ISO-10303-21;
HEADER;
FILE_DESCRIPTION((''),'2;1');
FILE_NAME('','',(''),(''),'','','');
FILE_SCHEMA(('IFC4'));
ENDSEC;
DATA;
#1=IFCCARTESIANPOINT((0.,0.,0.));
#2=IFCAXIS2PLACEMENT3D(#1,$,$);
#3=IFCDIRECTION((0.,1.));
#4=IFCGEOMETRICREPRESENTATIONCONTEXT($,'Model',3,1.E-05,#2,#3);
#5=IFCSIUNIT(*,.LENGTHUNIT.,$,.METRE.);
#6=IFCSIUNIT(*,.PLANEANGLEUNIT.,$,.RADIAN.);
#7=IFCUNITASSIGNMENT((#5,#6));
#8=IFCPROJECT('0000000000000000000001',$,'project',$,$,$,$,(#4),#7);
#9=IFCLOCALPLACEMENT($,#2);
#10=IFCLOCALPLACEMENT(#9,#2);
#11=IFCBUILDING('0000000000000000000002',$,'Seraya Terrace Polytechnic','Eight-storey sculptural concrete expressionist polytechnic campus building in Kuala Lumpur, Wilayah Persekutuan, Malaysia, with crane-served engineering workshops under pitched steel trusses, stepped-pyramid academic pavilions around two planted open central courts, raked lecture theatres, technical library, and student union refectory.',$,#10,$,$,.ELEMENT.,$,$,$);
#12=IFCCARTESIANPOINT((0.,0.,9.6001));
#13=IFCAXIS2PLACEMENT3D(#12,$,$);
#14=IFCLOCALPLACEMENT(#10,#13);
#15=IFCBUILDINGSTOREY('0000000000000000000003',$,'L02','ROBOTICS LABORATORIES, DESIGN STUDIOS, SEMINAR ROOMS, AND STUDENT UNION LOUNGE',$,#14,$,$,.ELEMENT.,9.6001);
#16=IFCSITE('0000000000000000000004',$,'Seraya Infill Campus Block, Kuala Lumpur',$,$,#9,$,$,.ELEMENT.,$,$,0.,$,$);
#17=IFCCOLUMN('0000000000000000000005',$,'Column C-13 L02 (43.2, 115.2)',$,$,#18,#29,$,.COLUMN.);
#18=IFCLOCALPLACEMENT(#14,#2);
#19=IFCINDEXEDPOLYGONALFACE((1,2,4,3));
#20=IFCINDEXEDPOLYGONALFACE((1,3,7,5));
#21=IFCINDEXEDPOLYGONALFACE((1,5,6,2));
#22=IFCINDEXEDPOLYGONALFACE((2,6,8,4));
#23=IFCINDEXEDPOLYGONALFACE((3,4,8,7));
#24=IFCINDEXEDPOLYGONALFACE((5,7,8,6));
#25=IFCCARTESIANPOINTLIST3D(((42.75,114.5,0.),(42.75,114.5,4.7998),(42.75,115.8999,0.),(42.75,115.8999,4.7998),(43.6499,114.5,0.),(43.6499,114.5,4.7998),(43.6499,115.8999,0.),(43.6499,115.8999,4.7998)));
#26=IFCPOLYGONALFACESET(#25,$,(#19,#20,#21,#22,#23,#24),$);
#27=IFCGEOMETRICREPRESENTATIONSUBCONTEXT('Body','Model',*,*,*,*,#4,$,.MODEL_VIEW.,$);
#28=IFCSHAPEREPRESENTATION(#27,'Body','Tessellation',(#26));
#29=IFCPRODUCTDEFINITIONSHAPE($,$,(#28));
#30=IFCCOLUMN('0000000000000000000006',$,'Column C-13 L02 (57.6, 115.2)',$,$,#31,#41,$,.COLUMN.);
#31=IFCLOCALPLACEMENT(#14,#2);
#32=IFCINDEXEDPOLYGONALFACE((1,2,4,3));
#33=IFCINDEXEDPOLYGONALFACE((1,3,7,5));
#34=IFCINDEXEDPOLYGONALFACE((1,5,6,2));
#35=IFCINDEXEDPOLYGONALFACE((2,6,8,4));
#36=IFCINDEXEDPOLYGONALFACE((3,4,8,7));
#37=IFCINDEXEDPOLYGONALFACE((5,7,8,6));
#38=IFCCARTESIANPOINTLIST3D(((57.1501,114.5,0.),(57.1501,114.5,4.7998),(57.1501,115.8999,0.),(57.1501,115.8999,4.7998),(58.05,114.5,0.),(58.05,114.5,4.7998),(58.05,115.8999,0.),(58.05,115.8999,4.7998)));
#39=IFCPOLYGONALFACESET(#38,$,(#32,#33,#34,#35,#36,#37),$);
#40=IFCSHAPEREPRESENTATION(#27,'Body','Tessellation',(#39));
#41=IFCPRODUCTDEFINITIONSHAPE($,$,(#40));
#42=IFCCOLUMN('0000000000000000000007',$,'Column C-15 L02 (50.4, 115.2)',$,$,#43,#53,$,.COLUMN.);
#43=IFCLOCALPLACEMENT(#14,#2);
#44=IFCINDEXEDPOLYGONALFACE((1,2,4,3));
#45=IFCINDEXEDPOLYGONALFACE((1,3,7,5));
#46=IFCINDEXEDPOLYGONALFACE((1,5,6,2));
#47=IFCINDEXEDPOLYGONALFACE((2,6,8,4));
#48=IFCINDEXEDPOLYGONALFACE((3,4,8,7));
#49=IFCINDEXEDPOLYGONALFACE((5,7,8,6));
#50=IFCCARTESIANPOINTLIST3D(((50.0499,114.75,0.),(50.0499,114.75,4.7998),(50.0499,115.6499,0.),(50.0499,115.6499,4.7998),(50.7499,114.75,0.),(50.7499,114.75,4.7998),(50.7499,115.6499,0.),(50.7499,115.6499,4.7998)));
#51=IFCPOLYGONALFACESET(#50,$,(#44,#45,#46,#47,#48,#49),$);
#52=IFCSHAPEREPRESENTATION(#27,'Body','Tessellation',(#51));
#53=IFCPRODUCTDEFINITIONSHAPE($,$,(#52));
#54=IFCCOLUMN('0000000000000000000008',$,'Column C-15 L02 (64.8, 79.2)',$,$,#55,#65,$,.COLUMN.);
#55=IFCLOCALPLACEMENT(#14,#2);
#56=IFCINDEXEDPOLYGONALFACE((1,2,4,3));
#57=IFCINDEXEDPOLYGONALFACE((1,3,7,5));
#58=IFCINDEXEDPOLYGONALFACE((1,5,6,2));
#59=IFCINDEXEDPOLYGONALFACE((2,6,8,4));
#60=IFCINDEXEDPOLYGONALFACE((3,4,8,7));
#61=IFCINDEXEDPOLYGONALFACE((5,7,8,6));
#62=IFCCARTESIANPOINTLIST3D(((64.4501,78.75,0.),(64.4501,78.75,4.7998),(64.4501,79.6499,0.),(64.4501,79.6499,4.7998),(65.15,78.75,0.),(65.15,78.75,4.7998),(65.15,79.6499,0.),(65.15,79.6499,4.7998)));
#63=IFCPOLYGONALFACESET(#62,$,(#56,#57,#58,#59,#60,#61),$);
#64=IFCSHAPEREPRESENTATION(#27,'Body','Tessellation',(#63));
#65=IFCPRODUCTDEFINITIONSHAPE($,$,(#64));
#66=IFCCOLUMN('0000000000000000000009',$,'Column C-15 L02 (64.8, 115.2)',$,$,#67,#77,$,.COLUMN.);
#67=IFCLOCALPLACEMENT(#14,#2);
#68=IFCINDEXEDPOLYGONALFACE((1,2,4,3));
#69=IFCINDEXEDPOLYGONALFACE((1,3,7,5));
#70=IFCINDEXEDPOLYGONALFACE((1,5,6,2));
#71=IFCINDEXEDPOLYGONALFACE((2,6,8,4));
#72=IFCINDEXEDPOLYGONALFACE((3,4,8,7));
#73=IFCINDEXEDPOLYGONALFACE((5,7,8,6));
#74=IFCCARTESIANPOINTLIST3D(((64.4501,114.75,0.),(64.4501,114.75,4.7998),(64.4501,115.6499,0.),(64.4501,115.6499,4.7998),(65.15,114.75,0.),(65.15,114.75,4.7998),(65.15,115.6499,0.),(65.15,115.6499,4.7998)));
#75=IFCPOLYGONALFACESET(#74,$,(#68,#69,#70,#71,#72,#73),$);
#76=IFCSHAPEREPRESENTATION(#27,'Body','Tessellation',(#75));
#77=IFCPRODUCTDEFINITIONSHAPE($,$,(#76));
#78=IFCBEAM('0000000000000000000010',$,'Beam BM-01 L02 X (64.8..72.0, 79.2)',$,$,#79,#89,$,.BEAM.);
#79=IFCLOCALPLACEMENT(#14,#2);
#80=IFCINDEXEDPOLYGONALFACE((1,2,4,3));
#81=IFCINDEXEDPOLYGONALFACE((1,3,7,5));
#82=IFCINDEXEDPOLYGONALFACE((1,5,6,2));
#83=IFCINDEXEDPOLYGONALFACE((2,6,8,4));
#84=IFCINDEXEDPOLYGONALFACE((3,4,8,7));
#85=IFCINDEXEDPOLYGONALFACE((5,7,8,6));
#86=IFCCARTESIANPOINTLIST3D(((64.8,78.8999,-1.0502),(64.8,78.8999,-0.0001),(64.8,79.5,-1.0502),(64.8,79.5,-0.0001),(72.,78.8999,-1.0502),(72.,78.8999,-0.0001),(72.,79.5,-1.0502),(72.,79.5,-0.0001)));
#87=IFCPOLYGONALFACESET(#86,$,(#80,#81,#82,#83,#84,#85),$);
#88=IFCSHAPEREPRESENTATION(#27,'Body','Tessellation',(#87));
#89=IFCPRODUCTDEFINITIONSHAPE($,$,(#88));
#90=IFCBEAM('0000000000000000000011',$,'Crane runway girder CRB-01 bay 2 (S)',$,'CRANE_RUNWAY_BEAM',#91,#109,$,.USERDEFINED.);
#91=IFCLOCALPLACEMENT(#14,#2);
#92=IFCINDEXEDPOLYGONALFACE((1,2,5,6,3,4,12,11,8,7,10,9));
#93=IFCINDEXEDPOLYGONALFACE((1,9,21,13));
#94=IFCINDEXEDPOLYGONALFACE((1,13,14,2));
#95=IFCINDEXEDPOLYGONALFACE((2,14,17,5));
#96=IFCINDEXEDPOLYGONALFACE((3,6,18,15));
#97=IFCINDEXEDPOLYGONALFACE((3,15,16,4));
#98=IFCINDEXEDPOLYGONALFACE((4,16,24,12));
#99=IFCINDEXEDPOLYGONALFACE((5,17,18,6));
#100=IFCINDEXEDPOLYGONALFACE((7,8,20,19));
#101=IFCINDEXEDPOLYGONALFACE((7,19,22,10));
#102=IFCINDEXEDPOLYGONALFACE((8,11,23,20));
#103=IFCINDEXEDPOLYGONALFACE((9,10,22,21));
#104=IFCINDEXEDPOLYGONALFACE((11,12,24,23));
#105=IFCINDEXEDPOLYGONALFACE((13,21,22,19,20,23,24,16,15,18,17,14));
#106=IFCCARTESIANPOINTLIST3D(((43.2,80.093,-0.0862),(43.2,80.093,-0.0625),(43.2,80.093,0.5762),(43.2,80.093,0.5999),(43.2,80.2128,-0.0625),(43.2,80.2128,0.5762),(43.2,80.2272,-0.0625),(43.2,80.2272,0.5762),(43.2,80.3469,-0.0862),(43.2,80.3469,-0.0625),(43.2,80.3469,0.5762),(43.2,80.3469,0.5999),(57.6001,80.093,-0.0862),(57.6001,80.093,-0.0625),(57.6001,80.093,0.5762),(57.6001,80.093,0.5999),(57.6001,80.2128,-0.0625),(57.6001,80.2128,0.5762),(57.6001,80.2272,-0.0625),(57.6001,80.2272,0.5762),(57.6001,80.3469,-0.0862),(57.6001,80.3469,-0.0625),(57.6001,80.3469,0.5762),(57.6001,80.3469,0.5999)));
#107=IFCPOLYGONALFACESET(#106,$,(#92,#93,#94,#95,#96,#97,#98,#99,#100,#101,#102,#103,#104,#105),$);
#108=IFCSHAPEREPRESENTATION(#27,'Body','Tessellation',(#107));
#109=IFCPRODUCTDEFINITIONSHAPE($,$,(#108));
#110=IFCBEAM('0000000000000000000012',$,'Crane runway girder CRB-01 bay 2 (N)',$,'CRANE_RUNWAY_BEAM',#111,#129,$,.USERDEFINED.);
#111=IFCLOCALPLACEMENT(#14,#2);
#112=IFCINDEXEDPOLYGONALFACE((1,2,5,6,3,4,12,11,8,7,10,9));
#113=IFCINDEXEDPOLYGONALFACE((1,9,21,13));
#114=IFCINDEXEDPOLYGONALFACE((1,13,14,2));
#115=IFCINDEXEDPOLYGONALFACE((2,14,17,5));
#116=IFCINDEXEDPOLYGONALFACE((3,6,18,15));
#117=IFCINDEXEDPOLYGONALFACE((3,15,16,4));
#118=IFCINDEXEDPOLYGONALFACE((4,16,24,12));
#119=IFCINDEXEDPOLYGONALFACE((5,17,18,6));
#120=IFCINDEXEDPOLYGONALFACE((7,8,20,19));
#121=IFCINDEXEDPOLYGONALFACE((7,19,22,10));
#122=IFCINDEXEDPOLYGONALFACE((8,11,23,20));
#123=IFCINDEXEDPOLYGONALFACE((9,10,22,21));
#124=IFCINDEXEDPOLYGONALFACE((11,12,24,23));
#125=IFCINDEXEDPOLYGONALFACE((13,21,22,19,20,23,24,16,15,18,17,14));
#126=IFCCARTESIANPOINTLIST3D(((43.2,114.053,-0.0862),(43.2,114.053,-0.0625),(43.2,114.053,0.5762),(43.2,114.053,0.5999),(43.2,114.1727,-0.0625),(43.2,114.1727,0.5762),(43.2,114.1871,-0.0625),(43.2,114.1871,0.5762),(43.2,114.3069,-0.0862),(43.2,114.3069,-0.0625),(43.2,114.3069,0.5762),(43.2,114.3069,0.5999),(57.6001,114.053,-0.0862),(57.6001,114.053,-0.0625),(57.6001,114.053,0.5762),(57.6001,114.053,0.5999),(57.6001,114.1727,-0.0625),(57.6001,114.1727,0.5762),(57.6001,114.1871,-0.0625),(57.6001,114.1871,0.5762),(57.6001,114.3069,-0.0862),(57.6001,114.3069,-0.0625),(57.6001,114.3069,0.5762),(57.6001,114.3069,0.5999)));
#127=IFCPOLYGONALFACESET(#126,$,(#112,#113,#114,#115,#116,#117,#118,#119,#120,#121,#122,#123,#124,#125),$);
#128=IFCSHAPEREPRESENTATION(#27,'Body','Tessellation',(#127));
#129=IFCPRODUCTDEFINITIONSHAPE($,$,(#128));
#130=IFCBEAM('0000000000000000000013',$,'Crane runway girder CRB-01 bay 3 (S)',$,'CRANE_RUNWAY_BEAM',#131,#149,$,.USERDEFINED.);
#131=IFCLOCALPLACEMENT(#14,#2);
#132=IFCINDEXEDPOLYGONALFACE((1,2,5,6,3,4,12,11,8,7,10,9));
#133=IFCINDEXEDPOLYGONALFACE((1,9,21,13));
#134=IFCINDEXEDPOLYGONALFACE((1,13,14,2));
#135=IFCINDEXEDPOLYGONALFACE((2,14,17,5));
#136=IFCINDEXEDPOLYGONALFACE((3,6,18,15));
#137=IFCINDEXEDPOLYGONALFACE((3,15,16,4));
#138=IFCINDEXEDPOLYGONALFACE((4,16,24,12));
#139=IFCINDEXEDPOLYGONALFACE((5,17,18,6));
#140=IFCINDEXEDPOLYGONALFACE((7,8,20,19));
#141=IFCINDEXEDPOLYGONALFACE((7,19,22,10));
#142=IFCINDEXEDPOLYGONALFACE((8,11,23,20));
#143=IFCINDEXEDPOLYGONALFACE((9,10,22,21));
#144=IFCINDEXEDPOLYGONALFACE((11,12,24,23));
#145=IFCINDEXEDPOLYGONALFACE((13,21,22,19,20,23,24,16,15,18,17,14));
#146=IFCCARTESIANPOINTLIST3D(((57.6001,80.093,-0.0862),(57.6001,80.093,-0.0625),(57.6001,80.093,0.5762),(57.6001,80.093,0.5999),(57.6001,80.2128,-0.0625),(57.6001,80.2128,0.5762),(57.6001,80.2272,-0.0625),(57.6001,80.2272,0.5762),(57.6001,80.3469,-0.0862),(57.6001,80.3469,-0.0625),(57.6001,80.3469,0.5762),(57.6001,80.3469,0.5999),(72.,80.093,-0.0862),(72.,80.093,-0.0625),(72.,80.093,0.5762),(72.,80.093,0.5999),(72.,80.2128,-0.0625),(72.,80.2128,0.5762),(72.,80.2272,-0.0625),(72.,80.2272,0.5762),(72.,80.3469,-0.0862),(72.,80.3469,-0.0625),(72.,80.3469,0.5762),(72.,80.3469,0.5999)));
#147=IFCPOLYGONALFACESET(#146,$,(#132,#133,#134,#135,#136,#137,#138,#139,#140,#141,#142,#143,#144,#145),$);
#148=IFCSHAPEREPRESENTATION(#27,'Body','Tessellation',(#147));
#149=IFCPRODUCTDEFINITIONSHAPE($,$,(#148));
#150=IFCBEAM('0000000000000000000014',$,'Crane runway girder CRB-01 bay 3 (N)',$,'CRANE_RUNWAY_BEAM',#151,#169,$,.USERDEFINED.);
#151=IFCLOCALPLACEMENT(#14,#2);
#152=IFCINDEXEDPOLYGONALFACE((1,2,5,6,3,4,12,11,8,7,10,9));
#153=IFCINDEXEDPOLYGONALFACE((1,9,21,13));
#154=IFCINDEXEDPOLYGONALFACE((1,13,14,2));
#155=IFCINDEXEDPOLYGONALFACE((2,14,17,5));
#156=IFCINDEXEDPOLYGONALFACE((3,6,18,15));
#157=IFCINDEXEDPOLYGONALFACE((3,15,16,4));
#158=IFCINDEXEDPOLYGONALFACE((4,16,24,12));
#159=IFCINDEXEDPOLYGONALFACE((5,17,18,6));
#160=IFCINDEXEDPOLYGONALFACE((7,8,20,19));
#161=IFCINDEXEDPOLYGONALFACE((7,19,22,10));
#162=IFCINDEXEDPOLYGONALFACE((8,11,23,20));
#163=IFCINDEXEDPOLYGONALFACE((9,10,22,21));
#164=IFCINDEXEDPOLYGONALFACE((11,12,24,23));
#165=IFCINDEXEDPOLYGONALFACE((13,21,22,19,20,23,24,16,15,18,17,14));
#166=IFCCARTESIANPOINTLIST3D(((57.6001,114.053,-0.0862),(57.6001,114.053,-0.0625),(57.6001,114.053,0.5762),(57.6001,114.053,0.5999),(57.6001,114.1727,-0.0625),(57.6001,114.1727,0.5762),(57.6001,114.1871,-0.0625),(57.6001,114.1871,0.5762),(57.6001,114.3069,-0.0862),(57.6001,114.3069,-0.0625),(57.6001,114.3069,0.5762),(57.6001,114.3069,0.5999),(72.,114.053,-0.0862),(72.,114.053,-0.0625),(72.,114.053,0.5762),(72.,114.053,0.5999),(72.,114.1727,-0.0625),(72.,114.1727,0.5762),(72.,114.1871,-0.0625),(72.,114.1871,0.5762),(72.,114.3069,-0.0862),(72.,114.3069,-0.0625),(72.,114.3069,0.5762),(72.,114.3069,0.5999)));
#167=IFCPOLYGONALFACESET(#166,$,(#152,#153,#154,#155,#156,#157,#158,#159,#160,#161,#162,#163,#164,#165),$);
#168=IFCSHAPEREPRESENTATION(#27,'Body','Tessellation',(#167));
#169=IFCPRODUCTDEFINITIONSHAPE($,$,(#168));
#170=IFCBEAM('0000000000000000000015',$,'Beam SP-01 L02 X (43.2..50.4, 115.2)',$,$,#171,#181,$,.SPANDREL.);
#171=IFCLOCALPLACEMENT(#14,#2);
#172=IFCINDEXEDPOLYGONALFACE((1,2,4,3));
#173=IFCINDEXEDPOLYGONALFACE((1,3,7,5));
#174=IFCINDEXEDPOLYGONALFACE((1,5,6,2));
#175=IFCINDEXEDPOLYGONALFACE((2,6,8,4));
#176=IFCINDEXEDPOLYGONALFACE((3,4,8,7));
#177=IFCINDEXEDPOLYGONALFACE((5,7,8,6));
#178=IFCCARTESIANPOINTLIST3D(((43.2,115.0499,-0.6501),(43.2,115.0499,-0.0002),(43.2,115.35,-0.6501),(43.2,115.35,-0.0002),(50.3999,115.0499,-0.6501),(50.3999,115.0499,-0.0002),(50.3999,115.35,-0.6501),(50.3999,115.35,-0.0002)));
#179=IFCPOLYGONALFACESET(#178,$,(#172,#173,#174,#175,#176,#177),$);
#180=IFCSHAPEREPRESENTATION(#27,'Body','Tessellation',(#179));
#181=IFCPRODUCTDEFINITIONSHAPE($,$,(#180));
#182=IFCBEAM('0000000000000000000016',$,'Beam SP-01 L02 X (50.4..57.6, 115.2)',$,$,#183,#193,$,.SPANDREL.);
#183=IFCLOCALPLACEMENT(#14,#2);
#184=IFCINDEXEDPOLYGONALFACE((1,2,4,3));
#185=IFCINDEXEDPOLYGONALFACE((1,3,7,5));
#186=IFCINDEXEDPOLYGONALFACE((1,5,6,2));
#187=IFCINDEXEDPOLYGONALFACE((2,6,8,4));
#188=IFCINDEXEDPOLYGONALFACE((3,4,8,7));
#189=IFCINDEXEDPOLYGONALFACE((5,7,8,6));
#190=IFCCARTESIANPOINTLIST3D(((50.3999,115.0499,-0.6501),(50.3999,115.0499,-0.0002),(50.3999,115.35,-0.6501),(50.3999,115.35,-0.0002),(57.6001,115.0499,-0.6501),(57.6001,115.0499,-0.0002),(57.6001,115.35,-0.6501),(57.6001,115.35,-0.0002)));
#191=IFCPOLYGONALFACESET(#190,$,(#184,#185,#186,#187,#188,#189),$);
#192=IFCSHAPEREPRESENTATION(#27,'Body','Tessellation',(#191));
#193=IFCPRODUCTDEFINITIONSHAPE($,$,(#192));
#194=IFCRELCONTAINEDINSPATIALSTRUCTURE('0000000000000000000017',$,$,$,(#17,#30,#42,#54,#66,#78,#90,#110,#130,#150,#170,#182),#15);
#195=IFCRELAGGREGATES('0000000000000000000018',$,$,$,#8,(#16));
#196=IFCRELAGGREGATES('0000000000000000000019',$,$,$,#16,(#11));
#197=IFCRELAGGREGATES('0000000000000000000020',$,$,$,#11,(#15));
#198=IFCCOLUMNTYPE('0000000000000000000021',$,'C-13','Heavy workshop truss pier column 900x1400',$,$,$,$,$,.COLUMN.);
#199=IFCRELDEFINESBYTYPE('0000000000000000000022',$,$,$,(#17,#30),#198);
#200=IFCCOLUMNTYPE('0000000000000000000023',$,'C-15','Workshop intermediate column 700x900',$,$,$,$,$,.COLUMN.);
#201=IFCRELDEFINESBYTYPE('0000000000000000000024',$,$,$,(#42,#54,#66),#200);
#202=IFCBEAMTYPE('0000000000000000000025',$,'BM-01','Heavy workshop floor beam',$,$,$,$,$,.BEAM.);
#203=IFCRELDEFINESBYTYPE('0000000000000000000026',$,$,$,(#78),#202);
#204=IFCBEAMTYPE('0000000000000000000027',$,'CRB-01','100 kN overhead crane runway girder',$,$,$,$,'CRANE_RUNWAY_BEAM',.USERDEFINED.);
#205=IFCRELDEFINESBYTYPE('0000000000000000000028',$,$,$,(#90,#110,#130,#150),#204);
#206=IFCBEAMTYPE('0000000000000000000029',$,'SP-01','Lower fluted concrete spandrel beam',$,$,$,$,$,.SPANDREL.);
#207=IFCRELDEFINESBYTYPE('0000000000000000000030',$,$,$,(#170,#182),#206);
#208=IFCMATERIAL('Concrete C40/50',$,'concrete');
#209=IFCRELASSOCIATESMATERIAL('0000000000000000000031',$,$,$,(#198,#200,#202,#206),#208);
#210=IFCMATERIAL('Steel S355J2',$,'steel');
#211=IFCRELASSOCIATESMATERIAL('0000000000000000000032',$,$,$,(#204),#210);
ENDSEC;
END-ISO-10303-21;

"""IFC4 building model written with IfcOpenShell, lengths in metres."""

from ifc_helpers import new_model, si_unit, direction, frame, origin, origin_2d, place, context, subcontext, project, spatial, rectangle, i_section, extrude, material, material_profile, profile_set, type_object, element, save


model = new_model("IFC4")

# Units and contexts
model_context = context("Model", 3, precision=1e-05, world=origin(), true_north=direction((0.0, 1.0)))
body_context = subcontext(model_context, "Body", "Model", "MODEL_VIEW")
ifc_project = project(units=[si_unit("LENGTHUNIT", "METRE"), si_unit("PLANEANGLEUNIT", "RADIAN")], contexts=[model_context])

# Site, building, storey
site_placement = place(None, origin())
site = spatial("IfcSite", under=ifc_project, at=site_placement, Name="Seraya Infill Campus Block, Kuala Lumpur", CompositionType="ELEMENT", RefElevation=0.0)
building_placement = place(site_placement, origin())
building = spatial("IfcBuilding", under=site, at=building_placement, Name="Seraya Terrace Polytechnic", Description="Eight-storey sculptural concrete expressionist polytechnic campus building in Kuala Lumpur, Wilayah Persekutuan, Malaysia, with crane-served engineering workshops under pitched steel trusses, stepped-pyramid academic pavilions around two planted open central courts, raked lecture theatres, technical library, and student union refectory.", CompositionType="ELEMENT")
storey_placement = place(building_placement, frame((0.0, 0.0, 9.6001)))
storey = spatial("IfcBuildingStorey", under=building, at=storey_placement, Name="L02", Description="ROBOTICS LABORATORIES, DESIGN STUDIOS, SEMINAR ROOMS, AND STUDENT UNION LOUNGE", CompositionType="ELEMENT", Elevation=9.6001)

# Columns
ifc_material_1 = material(Name="Concrete C40/50", Category="concrete")
ifc_material_profile_1 = material_profile(ifc_material_1, rectangle(XDim=0.8999, YDim=1.3999, at=origin_2d()), Name="RC 900x1400")
ifc_profile_set_1 = profile_set([ifc_material_profile_1], Name="Concrete C40/50")
column_type_1 = type_object("IfcColumnType", Name="C-13", Description="Heavy workshop truss pier column 900x1400", PredefinedType="COLUMN", material=ifc_profile_set_1)
for number, where, z_axis, x_axis, name in (
    (1, (43.2, 115.2, 0.0), (0.0, 0.0, 1.0), (1.0, 0.0, 0.0), "Column C-13 L02 (43.2, 115.2)"),
    (2, (57.6001, 115.2, 0.0), (0.0, 0.0, 1.0), (1.0, 0.0, 0.0), "Column C-13 L02 (57.6, 115.2)"),
):
    element("IfcColumn", number, at=place(storey_placement, frame(where, z_axis=z_axis, x_axis=x_axis)), inside=storey, type_object=column_type_1, Name=name, PredefinedType="COLUMN", context=body_context, shape_type="SweptSolid", body=[
        extrude(rectangle(XDim=0.8999, YDim=1.3999, at=origin_2d()), origin(), (0.0, 0.0, 1.0), 4.7998),
    ])
ifc_material_profile_2 = material_profile(ifc_material_1, rectangle(XDim=0.7, YDim=0.8999, at=origin_2d()), Name="RC 700x900")
ifc_profile_set_2 = profile_set([ifc_material_profile_2], Name="Concrete C40/50")
column_type_2 = type_object("IfcColumnType", Name="C-15", Description="Workshop intermediate column 700x900", PredefinedType="COLUMN", material=ifc_profile_set_2)
for number, where, z_axis, x_axis, name in (
    (3, (50.3999, 115.2, 0.0), (0.0, 0.0, 1.0), (1.0, 0.0, 0.0), "Column C-15 L02 (50.4, 115.2)"),
    (4, (64.8, 79.2, 0.0), (0.0, 0.0, 1.0), (1.0, 0.0, 0.0), "Column C-15 L02 (64.8, 79.2)"),
    (5, (64.8, 115.2, 0.0), (0.0, 0.0, 1.0), (1.0, 0.0, 0.0), "Column C-15 L02 (64.8, 115.2)"),
):
    element("IfcColumn", number, at=place(storey_placement, frame(where, z_axis=z_axis, x_axis=x_axis)), inside=storey, type_object=column_type_2, Name=name, PredefinedType="COLUMN", context=body_context, shape_type="SweptSolid", body=[
        extrude(rectangle(XDim=0.7, YDim=0.8999, at=origin_2d()), origin(), (0.0, 0.0, 1.0), 4.7998),
    ])

# Beams
ifc_material_profile_3 = material_profile(ifc_material_1, rectangle(XDim=0.6001, YDim=1.05, at=origin_2d()), Name="RC 600x1050")
ifc_profile_set_3 = profile_set([ifc_material_profile_3], Name="Concrete C40/50")
beam_type_1 = type_object("IfcBeamType", Name="BM-01", Description="Heavy workshop floor beam", PredefinedType="BEAM", material=ifc_profile_set_3)
beam_1_placement = place(storey_placement, frame((64.8, 79.2, -0.5251), z_axis=(1.0, 0.0, 0.0), x_axis=(0.0, 1.0, 0.0)))
element("IfcBeam", 6, at=beam_1_placement, inside=storey, type_object=beam_type_1, Name="Beam BM-01 L02 X (64.8..72.0, 79.2)", PredefinedType="BEAM", context=body_context, shape_type="SweptSolid", body=[
    extrude(rectangle(XDim=0.6001, YDim=1.05, at=origin_2d()), origin(), (0.0, 0.0, 1.0), 7.2),
])
ifc_material_2 = material(Name="Steel S355J2", Category="steel")
ifc_material_profile_4 = material_profile(ifc_material_2, i_section(OverallWidth=0.2539, OverallDepth=0.686, WebThickness=0.0144, FlangeThickness=0.0237, at=origin_2d()), Name="UKB 686x254x14.5x23.7")
ifc_profile_set_4 = profile_set([ifc_material_profile_4], Name="Steel S355J2")
beam_type_2 = type_object("IfcBeamType", Name="CRB-01", Description="100 kN overhead crane runway girder", ElementType="CRANE_RUNWAY_BEAM", PredefinedType="USERDEFINED", material=ifc_profile_set_4)
for number, where, z_axis, x_axis, name in (
    (7, (43.2, 80.22, 0.2568), (1.0, 0.0, 0.0), (0.0, 1.0, 0.0), "Crane runway girder CRB-01 bay 2 (S)"),
    (8, (43.2, 114.1799, 0.2568), (1.0, 0.0, 0.0), (0.0, 1.0, 0.0), "Crane runway girder CRB-01 bay 2 (N)"),
):
    element("IfcBeam", number, at=place(storey_placement, frame(where, z_axis=z_axis, x_axis=x_axis)), inside=storey, type_object=beam_type_2, Name=name, ObjectType="CRANE_RUNWAY_BEAM", PredefinedType="USERDEFINED", context=body_context, shape_type="SweptSolid", body=[
        extrude(i_section(OverallWidth=0.2539, OverallDepth=0.686, WebThickness=0.0144, FlangeThickness=0.0237, at=origin_2d()), origin(), (0.0, 0.0, 1.0), 14.4001),
    ])
for number, where, z_axis, x_axis, name in (
    (9, (57.6001, 80.22, 0.2568), (1.0, 0.0, 0.0), (0.0, 1.0, 0.0), "Crane runway girder CRB-01 bay 3 (S)"),
    (10, (57.6001, 114.1799, 0.2568), (1.0, 0.0, 0.0), (0.0, 1.0, 0.0), "Crane runway girder CRB-01 bay 3 (N)"),
):
    element("IfcBeam", number, at=place(storey_placement, frame(where, z_axis=z_axis, x_axis=x_axis)), inside=storey, type_object=beam_type_2, Name=name, ObjectType="CRANE_RUNWAY_BEAM", PredefinedType="USERDEFINED", context=body_context, shape_type="SweptSolid", body=[
        extrude(i_section(OverallWidth=0.2539, OverallDepth=0.686, WebThickness=0.0144, FlangeThickness=0.0237, at=origin_2d()), origin(), (0.0, 0.0, 1.0), 14.3999),
    ])
ifc_material_profile_5 = material_profile(ifc_material_1, rectangle(XDim=0.3, YDim=0.6499, at=origin_2d()), Name="RC 300x650")
ifc_profile_set_5 = profile_set([ifc_material_profile_5], Name="Concrete C40/50")
beam_type_3 = type_object("IfcBeamType", Name="SP-01", Description="Lower fluted concrete spandrel beam", PredefinedType="SPANDREL", material=ifc_profile_set_5)
beam_2_placement = place(storey_placement, frame((43.2, 115.2, -0.3252), z_axis=(1.0, 0.0, 0.0), x_axis=(0.0, 1.0, 0.0)))
element("IfcBeam", 11, at=beam_2_placement, inside=storey, type_object=beam_type_3, Name="Beam SP-01 L02 X (43.2..50.4, 115.2)", PredefinedType="SPANDREL", context=body_context, shape_type="SweptSolid", body=[
    extrude(rectangle(XDim=0.3, YDim=0.6499, at=origin_2d()), origin(), (0.0, 0.0, 1.0), 7.2),
])
beam_3_placement = place(storey_placement, frame((50.3999, 115.2, -0.3252), z_axis=(1.0, 0.0, 0.0), x_axis=(0.0, 1.0, 0.0)))
element("IfcBeam", 12, at=beam_3_placement, inside=storey, type_object=beam_type_3, Name="Beam SP-01 L02 X (50.4..57.6, 115.2)", PredefinedType="SPANDREL", context=body_context, shape_type="SweptSolid", body=[
    extrude(rectangle(XDim=0.3, YDim=0.6499, at=origin_2d()), origin(), (0.0, 0.0, 1.0), 7.2002),
])

save(model, "model.ifc")
